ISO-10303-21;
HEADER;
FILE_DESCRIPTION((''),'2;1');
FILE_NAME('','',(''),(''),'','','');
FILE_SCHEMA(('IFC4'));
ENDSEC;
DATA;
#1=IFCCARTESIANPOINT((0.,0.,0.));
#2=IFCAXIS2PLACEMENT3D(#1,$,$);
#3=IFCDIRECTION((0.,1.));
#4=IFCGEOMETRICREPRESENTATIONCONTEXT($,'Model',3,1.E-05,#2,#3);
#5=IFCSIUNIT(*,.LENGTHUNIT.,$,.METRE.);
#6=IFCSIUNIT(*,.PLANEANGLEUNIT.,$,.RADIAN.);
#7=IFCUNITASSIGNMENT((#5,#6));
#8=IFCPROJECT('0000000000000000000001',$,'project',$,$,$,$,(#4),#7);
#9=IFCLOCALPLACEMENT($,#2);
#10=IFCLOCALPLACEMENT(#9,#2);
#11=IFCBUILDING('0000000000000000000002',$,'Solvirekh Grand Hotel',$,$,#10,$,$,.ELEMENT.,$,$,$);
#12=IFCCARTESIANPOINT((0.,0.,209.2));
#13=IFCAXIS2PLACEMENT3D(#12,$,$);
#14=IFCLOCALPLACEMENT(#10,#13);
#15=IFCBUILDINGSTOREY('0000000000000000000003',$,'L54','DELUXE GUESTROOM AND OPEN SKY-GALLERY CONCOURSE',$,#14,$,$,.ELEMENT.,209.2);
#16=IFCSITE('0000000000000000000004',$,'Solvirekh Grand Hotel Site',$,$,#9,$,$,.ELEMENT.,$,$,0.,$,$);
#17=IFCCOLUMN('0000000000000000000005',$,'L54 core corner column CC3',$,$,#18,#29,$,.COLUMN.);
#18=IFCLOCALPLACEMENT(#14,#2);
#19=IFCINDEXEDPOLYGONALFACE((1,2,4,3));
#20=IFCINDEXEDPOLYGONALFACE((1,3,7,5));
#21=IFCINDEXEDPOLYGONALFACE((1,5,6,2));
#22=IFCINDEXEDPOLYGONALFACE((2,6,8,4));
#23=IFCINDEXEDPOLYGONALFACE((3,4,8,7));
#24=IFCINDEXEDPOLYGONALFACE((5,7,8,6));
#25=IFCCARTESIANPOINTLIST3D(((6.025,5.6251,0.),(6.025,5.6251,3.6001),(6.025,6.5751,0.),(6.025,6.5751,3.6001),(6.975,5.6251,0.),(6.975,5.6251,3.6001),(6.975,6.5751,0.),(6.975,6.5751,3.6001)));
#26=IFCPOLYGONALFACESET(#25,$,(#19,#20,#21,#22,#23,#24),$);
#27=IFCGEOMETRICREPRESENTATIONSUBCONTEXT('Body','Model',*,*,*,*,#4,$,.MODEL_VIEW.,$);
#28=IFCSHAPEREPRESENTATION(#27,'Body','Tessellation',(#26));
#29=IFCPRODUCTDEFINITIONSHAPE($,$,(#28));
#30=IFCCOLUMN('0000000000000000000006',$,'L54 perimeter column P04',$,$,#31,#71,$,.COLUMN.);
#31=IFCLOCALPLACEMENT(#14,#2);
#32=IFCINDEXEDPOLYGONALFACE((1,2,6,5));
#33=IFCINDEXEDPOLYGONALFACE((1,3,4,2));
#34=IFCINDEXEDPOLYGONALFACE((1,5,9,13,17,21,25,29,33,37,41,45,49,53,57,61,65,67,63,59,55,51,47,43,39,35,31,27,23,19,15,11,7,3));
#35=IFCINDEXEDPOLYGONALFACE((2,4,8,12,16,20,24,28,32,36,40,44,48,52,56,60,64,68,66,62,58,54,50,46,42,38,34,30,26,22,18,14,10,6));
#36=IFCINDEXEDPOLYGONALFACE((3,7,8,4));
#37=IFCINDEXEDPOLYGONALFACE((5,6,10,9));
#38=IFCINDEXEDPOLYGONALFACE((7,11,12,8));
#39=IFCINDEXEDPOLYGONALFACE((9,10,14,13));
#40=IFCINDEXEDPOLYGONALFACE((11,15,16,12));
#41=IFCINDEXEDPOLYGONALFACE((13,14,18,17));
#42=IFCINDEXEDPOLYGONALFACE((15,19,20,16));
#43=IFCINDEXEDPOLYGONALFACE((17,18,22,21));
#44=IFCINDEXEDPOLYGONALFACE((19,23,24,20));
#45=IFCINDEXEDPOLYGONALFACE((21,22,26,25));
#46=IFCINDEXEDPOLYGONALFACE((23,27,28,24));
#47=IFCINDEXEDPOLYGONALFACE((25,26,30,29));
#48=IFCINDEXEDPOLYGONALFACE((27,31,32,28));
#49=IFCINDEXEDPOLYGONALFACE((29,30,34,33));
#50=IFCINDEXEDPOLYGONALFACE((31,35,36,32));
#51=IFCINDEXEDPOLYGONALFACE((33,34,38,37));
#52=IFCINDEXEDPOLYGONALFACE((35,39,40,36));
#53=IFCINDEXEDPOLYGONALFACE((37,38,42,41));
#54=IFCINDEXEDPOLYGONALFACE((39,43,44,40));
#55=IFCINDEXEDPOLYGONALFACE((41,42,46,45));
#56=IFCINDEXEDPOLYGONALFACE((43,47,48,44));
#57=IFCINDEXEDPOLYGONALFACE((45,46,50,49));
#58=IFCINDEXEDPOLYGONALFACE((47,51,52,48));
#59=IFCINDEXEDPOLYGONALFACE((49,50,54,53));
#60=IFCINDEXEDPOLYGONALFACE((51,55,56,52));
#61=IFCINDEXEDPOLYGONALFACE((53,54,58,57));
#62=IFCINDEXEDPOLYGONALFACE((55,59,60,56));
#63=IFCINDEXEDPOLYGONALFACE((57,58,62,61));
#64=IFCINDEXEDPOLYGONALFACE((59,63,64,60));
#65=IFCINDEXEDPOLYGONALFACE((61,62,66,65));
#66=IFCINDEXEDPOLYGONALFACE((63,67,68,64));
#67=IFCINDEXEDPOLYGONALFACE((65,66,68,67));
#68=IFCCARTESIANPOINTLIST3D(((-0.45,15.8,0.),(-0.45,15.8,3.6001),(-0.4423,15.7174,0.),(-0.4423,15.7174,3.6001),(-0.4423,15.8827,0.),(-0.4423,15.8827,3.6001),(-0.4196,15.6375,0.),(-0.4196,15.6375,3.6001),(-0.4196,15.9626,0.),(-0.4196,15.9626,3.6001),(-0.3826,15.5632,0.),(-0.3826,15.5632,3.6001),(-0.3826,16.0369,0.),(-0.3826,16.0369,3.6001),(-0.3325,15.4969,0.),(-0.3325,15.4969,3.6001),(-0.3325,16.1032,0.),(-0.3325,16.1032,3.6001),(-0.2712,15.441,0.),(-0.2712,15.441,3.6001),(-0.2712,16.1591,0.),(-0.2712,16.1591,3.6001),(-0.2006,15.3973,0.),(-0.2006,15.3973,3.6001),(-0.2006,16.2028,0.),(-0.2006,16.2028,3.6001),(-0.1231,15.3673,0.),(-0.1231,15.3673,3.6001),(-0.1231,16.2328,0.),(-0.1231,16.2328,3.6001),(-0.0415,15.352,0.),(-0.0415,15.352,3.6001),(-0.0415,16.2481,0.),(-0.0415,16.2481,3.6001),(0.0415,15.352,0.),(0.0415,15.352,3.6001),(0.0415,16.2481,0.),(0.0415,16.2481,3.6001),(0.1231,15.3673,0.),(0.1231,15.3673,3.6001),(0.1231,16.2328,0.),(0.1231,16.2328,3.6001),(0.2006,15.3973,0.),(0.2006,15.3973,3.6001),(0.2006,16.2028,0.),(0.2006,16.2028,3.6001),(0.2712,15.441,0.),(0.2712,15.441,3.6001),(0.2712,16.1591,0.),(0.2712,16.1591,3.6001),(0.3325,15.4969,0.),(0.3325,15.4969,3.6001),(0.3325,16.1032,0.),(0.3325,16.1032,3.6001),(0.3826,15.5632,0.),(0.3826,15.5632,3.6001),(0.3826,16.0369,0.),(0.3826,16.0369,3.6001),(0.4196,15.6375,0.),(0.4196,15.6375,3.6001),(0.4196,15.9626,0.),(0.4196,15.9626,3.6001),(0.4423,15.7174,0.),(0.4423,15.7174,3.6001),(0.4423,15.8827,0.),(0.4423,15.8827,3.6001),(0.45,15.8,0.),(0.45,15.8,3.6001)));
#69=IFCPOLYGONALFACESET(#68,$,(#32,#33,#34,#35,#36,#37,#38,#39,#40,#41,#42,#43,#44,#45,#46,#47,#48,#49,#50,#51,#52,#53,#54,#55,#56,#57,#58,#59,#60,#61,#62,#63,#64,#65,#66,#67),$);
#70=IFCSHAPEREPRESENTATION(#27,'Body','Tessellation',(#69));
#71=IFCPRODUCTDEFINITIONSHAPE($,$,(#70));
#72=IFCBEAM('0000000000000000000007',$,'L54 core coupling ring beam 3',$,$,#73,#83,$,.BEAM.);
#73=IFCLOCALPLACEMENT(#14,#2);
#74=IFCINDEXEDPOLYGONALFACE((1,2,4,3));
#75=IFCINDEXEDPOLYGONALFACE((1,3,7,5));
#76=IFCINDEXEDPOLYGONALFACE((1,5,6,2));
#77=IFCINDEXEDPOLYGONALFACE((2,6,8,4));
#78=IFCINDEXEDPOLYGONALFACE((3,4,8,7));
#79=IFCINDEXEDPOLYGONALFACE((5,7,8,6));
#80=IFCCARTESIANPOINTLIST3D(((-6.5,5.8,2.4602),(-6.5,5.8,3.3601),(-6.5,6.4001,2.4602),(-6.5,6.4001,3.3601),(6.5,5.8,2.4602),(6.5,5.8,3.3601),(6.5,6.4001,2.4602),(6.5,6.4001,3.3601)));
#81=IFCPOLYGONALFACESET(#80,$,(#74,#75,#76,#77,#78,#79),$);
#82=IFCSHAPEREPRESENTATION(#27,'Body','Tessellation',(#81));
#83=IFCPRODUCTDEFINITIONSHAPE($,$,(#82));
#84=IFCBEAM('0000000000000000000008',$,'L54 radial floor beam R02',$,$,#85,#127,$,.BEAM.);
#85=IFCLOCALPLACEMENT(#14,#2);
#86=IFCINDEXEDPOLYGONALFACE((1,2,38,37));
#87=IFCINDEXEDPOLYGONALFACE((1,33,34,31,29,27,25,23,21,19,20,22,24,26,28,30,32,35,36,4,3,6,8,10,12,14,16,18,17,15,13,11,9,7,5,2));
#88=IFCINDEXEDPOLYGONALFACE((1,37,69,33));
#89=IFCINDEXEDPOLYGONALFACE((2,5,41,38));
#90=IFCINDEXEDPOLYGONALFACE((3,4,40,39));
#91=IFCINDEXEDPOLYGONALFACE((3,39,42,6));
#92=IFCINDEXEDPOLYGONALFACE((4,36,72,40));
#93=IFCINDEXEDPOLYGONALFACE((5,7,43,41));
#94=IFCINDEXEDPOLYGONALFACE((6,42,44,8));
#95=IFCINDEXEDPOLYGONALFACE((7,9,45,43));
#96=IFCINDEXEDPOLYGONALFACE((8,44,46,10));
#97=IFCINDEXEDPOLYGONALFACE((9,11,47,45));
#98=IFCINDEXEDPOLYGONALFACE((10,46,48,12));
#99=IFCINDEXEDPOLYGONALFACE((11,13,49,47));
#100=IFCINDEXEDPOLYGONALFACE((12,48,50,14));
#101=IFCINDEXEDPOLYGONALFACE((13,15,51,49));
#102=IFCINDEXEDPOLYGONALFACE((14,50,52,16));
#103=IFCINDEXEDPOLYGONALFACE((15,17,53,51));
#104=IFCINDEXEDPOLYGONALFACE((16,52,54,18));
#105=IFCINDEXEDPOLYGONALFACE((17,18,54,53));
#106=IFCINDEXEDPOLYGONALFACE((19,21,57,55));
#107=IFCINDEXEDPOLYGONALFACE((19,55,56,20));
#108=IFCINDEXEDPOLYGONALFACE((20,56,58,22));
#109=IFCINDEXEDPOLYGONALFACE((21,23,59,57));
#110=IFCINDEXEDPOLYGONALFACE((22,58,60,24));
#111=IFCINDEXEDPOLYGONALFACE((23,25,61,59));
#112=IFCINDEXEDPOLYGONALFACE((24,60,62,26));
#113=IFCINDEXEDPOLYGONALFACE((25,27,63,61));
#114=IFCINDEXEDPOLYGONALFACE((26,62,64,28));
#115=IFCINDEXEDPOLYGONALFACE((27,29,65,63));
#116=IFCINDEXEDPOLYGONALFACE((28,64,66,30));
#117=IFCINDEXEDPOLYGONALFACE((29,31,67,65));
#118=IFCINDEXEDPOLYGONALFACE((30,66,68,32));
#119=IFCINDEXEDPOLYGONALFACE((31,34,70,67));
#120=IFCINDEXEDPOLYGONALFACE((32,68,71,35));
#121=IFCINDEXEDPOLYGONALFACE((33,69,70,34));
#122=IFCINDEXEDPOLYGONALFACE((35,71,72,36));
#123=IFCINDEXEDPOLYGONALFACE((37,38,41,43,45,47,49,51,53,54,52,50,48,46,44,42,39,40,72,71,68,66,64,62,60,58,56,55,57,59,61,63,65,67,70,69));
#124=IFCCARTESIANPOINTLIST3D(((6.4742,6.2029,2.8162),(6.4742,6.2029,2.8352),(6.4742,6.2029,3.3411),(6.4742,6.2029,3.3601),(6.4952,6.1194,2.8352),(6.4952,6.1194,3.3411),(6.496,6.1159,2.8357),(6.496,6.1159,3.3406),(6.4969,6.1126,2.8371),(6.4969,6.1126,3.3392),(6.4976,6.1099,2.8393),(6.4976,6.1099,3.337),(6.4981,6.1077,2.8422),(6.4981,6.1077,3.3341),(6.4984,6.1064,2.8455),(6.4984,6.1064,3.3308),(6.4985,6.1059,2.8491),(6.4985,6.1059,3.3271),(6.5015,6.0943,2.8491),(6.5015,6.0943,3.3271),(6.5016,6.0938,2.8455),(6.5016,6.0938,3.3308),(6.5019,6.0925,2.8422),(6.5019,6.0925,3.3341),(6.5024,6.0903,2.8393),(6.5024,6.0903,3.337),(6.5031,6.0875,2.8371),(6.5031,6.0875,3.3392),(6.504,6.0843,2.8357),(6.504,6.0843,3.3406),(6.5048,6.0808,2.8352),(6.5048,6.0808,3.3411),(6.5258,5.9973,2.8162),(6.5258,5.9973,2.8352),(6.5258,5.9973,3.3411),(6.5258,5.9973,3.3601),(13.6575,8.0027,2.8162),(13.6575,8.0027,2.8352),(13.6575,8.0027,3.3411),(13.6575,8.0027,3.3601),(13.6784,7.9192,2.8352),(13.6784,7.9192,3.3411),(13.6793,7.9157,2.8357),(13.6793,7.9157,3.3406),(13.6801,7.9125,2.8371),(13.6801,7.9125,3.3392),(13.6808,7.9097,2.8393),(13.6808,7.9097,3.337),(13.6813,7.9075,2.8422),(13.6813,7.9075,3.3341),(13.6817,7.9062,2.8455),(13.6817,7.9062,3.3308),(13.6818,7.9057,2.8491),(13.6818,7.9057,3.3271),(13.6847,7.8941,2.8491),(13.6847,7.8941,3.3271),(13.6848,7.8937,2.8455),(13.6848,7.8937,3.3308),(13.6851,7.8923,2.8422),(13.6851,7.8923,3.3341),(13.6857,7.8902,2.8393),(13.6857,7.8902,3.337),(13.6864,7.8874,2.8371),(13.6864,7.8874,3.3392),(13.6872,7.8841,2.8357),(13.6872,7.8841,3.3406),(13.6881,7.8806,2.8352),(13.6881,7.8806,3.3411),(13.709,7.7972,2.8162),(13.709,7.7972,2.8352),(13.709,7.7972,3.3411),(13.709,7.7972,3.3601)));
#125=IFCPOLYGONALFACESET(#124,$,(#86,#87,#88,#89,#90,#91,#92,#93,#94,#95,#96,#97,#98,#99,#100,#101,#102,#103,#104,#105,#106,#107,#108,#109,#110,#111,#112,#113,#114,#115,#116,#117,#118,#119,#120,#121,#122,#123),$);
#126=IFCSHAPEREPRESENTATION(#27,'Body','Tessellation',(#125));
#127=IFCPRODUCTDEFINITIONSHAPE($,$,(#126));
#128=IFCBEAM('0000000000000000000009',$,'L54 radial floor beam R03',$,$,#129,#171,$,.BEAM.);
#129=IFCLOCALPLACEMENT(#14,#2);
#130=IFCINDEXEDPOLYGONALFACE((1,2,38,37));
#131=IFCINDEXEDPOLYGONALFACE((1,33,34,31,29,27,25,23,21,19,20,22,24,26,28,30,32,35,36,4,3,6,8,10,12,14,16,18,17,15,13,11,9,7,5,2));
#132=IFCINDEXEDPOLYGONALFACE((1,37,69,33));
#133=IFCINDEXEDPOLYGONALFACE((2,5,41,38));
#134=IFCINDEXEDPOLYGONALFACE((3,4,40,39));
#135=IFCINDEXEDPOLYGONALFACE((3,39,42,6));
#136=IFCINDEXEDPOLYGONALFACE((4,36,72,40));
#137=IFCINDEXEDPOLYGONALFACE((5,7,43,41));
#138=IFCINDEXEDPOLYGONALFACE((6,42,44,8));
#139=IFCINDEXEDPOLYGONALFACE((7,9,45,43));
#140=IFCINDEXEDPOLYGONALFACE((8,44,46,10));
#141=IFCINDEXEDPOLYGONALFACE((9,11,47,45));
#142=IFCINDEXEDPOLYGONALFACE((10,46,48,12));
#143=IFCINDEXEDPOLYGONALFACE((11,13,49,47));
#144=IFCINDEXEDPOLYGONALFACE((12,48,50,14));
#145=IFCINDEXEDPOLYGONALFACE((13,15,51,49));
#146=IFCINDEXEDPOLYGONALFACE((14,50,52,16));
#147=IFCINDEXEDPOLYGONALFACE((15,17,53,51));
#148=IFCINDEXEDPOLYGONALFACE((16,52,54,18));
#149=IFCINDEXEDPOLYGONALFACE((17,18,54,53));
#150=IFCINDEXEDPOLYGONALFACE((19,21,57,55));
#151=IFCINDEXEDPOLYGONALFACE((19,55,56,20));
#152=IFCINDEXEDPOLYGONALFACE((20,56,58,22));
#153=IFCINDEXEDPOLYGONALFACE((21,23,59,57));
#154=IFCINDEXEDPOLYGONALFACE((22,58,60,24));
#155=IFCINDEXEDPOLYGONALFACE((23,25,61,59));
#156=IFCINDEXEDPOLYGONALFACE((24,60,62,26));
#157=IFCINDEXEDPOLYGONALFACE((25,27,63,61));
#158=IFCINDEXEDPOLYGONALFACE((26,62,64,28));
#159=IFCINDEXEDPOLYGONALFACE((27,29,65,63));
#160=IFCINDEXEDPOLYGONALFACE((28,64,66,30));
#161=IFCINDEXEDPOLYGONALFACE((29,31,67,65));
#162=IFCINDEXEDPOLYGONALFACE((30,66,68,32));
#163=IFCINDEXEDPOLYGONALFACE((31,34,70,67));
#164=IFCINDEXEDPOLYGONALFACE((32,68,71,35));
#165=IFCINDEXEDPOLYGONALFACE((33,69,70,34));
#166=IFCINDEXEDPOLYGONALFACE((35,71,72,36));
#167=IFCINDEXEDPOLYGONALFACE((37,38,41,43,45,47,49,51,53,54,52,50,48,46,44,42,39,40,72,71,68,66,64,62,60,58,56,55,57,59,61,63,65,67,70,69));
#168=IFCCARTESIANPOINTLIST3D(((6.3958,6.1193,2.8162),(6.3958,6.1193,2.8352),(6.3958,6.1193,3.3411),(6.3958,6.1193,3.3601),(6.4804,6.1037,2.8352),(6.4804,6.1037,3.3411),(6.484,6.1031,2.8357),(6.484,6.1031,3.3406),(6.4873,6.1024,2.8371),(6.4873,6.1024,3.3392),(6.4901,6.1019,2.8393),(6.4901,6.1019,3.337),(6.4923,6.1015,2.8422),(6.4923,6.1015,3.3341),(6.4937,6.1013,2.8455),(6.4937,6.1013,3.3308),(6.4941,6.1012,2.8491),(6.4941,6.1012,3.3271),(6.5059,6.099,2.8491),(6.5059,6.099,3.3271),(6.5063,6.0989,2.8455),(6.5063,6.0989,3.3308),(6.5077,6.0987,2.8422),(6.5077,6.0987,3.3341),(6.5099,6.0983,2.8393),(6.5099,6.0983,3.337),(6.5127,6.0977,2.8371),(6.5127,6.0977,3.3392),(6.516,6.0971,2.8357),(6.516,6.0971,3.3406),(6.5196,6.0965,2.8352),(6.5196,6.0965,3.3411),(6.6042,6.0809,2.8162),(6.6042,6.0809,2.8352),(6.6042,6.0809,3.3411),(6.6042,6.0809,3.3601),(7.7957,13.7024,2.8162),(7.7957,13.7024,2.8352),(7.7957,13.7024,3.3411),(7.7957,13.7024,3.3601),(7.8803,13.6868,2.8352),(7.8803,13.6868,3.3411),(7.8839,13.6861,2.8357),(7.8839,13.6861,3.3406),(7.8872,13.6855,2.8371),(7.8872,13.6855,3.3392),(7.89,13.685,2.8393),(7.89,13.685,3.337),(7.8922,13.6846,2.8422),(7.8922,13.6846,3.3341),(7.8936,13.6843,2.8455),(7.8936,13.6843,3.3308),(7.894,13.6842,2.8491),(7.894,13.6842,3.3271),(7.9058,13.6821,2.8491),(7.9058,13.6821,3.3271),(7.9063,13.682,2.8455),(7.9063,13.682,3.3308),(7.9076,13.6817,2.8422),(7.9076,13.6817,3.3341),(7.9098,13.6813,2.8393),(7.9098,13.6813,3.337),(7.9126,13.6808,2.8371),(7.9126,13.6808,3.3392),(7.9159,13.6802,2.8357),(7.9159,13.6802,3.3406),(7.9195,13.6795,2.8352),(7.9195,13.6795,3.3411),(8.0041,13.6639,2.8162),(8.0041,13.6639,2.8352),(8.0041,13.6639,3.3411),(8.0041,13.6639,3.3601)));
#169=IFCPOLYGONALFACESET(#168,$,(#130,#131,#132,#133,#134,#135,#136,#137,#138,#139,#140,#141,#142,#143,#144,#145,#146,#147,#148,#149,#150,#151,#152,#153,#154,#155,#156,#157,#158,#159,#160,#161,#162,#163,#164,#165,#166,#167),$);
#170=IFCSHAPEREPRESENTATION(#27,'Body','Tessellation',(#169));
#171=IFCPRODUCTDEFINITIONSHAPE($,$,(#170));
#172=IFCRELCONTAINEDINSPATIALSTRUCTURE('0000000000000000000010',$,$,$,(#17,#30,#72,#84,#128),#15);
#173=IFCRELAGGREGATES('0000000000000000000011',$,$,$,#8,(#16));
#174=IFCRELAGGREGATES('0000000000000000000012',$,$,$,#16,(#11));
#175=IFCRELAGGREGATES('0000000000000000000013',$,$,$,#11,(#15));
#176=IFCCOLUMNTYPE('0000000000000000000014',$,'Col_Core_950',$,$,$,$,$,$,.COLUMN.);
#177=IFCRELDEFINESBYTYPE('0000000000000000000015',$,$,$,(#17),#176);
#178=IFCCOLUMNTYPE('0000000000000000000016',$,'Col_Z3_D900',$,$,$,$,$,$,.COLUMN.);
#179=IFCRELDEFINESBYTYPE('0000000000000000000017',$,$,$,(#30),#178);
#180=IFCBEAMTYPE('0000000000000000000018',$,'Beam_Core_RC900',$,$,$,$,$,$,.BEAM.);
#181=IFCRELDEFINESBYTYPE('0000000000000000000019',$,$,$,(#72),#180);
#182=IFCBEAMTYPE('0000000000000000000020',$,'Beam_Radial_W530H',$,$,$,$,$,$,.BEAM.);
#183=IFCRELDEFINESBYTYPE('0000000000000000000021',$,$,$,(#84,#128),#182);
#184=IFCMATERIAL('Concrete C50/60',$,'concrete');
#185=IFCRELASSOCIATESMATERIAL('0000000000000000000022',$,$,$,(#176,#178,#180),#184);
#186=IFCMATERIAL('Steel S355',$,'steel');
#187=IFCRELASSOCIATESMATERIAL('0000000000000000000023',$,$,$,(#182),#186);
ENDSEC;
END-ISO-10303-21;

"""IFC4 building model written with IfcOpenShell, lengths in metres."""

from ifc_helpers import new_model, si_unit, direction, frame, origin, origin_2d, place, context, subcontext, project, spatial, rectangle, circle, i_section, extrude, material, material_profile, profile_set, type_object, element, save


model = new_model("IFC4")

# Units and contexts
model_context = context("Model", 3, precision=1e-05, world=origin(), true_north=direction((0.0, 1.0)))
body_context = subcontext(model_context, "Body", "Model", "MODEL_VIEW")
ifc_project = project(units=[si_unit("LENGTHUNIT", "METRE"), si_unit("PLANEANGLEUNIT", "RADIAN")], contexts=[model_context])

# Site, building, storey
site_placement = place(None, origin())
site = spatial("IfcSite", under=ifc_project, at=site_placement, Name="Solvirekh Grand Hotel Site", CompositionType="ELEMENT", RefElevation=0.0)
building_placement = place(site_placement, origin())
building = spatial("IfcBuilding", under=site, at=building_placement, Name="Solvirekh Grand Hotel", CompositionType="ELEMENT")
storey_placement = place(building_placement, frame((0.0, 0.0, 209.2)))
storey = spatial("IfcBuildingStorey", under=building, at=storey_placement, Name="L54", Description="DELUXE GUESTROOM AND OPEN SKY-GALLERY CONCOURSE", CompositionType="ELEMENT", Elevation=209.2)

# Columns
ifc_material_1 = material(Name="Concrete C50/60", Category="concrete")
ifc_material_profile_1 = material_profile(ifc_material_1, rectangle(XDim=0.95, YDim=0.95, at=origin_2d()), Name="RC 950X950")
ifc_profile_set_1 = profile_set([ifc_material_profile_1], Name="Concrete C50/60")
column_type_1 = type_object("IfcColumnType", Name="Col_Core_950", PredefinedType="COLUMN", material=ifc_profile_set_1)
column_1_placement = place(storey_placement, frame((6.5, 6.1001, 0.0), z_axis=(0.0, 0.0, 1.0), x_axis=(1.0, 0.0, 0.0)))
element("IfcColumn", 1, at=column_1_placement, inside=storey, type_object=column_type_1, Name="L54 core corner column CC3", PredefinedType="COLUMN", context=body_context, shape_type="SweptSolid", body=[
    extrude(rectangle(XDim=0.95, YDim=0.95, at=origin_2d()), origin(), (0.0, 0.0, 1.0), 3.6001),
])
ifc_material_profile_2 = material_profile(ifc_material_1, circle(Radius=0.45, at=origin_2d()), Name="RC CIRC D900")
ifc_profile_set_2 = profile_set([ifc_material_profile_2], Name="Concrete C50/60")
column_type_2 = type_object("IfcColumnType", Name="Col_Z3_D900", PredefinedType="COLUMN", material=ifc_profile_set_2)
column_2_placement = place(storey_placement, frame((0.0, 15.8, 0.0), z_axis=(0.0, 0.0, 1.0), x_axis=(1.0, 0.0, 0.0)))
element("IfcColumn", 2, at=column_2_placement, inside=storey, type_object=column_type_2, Name="L54 perimeter column P04", PredefinedType="COLUMN", context=body_context, shape_type="SweptSolid", body=[
    extrude(circle(Radius=0.45, at=origin_2d()), origin(), (0.0, 0.0, 1.0), 3.6001),
])

# Beams
ifc_material_profile_3 = material_profile(ifc_material_1, rectangle(XDim=0.6001, YDim=0.8999, at=origin_2d()), Name="RC BEAM 600X900")
ifc_profile_set_3 = profile_set([ifc_material_profile_3], Name="Concrete C50/60")
beam_type_1 = type_object("IfcBeamType", Name="Beam_Core_RC900", PredefinedType="BEAM", material=ifc_profile_set_3)
beam_1_placement = place(storey_placement, frame((6.5, 6.1001, 2.9102), z_axis=(-1.0, 0.0, 0.0), x_axis=(0.0, -1.0, 0.0)))
element("IfcBeam", 3, at=beam_1_placement, inside=storey, type_object=beam_type_1, Name="L54 core coupling ring beam 3", PredefinedType="BEAM", context=body_context, shape_type="SweptSolid", body=[
    extrude(rectangle(XDim=0.6001, YDim=0.8999, at=origin_2d()), origin(), (0.0, 0.0, 1.0), 13.0),
])
ifc_material_2 = material(Name="Steel S355", Category="steel")
ifc_material_profile_4 = material_profile(ifc_material_2, i_section(OverallWidth=0.2119, OverallDepth=0.5439, WebThickness=0.012, FlangeThickness=0.019, FilletRadius=0.0139, at=origin_2d()), Name="W530X123")
ifc_profile_set_4 = profile_set([ifc_material_profile_4], Name="Steel S355")
beam_type_2 = type_object("IfcBeamType", Name="Beam_Radial_W530H", PredefinedType="BEAM", material=ifc_profile_set_4)
beam_2_placement = place(storey_placement, frame((6.5, 6.1001, 3.0881), z_axis=(0.970014, 0.243048, 0.0), x_axis=(-0.243048, 0.970014, 0.0)))
element("IfcBeam", 4, at=beam_2_placement, inside=storey, type_object=beam_type_2, Name="L54 radial floor beam R02", PredefinedType="BEAM", context=body_context, shape_type="SweptSolid", body=[
    extrude(i_section(OverallWidth=0.2119, OverallDepth=0.5439, WebThickness=0.012, FlangeThickness=0.019, FilletRadius=0.0139, at=origin_2d()), origin(), (0.0, 0.0, 1.0), 7.4053),
])
beam_3_placement = place(storey_placement, frame((6.5, 6.1001, 3.0881), z_axis=(0.181543, 0.983383, 0.0), x_axis=(-0.983383, 0.181543, 0.0)))
element("IfcBeam", 5, at=beam_3_placement, inside=storey, type_object=beam_type_2, Name="L54 radial floor beam R03", PredefinedType="BEAM", context=body_context, shape_type="SweptSolid", body=[
    extrude(i_section(OverallWidth=0.2119, OverallDepth=0.5439, WebThickness=0.012, FlangeThickness=0.019, FilletRadius=0.0139, at=origin_2d()), origin(), (0.0, 0.0, 1.0), 7.7112),
])

save(model, "model.ifc")
